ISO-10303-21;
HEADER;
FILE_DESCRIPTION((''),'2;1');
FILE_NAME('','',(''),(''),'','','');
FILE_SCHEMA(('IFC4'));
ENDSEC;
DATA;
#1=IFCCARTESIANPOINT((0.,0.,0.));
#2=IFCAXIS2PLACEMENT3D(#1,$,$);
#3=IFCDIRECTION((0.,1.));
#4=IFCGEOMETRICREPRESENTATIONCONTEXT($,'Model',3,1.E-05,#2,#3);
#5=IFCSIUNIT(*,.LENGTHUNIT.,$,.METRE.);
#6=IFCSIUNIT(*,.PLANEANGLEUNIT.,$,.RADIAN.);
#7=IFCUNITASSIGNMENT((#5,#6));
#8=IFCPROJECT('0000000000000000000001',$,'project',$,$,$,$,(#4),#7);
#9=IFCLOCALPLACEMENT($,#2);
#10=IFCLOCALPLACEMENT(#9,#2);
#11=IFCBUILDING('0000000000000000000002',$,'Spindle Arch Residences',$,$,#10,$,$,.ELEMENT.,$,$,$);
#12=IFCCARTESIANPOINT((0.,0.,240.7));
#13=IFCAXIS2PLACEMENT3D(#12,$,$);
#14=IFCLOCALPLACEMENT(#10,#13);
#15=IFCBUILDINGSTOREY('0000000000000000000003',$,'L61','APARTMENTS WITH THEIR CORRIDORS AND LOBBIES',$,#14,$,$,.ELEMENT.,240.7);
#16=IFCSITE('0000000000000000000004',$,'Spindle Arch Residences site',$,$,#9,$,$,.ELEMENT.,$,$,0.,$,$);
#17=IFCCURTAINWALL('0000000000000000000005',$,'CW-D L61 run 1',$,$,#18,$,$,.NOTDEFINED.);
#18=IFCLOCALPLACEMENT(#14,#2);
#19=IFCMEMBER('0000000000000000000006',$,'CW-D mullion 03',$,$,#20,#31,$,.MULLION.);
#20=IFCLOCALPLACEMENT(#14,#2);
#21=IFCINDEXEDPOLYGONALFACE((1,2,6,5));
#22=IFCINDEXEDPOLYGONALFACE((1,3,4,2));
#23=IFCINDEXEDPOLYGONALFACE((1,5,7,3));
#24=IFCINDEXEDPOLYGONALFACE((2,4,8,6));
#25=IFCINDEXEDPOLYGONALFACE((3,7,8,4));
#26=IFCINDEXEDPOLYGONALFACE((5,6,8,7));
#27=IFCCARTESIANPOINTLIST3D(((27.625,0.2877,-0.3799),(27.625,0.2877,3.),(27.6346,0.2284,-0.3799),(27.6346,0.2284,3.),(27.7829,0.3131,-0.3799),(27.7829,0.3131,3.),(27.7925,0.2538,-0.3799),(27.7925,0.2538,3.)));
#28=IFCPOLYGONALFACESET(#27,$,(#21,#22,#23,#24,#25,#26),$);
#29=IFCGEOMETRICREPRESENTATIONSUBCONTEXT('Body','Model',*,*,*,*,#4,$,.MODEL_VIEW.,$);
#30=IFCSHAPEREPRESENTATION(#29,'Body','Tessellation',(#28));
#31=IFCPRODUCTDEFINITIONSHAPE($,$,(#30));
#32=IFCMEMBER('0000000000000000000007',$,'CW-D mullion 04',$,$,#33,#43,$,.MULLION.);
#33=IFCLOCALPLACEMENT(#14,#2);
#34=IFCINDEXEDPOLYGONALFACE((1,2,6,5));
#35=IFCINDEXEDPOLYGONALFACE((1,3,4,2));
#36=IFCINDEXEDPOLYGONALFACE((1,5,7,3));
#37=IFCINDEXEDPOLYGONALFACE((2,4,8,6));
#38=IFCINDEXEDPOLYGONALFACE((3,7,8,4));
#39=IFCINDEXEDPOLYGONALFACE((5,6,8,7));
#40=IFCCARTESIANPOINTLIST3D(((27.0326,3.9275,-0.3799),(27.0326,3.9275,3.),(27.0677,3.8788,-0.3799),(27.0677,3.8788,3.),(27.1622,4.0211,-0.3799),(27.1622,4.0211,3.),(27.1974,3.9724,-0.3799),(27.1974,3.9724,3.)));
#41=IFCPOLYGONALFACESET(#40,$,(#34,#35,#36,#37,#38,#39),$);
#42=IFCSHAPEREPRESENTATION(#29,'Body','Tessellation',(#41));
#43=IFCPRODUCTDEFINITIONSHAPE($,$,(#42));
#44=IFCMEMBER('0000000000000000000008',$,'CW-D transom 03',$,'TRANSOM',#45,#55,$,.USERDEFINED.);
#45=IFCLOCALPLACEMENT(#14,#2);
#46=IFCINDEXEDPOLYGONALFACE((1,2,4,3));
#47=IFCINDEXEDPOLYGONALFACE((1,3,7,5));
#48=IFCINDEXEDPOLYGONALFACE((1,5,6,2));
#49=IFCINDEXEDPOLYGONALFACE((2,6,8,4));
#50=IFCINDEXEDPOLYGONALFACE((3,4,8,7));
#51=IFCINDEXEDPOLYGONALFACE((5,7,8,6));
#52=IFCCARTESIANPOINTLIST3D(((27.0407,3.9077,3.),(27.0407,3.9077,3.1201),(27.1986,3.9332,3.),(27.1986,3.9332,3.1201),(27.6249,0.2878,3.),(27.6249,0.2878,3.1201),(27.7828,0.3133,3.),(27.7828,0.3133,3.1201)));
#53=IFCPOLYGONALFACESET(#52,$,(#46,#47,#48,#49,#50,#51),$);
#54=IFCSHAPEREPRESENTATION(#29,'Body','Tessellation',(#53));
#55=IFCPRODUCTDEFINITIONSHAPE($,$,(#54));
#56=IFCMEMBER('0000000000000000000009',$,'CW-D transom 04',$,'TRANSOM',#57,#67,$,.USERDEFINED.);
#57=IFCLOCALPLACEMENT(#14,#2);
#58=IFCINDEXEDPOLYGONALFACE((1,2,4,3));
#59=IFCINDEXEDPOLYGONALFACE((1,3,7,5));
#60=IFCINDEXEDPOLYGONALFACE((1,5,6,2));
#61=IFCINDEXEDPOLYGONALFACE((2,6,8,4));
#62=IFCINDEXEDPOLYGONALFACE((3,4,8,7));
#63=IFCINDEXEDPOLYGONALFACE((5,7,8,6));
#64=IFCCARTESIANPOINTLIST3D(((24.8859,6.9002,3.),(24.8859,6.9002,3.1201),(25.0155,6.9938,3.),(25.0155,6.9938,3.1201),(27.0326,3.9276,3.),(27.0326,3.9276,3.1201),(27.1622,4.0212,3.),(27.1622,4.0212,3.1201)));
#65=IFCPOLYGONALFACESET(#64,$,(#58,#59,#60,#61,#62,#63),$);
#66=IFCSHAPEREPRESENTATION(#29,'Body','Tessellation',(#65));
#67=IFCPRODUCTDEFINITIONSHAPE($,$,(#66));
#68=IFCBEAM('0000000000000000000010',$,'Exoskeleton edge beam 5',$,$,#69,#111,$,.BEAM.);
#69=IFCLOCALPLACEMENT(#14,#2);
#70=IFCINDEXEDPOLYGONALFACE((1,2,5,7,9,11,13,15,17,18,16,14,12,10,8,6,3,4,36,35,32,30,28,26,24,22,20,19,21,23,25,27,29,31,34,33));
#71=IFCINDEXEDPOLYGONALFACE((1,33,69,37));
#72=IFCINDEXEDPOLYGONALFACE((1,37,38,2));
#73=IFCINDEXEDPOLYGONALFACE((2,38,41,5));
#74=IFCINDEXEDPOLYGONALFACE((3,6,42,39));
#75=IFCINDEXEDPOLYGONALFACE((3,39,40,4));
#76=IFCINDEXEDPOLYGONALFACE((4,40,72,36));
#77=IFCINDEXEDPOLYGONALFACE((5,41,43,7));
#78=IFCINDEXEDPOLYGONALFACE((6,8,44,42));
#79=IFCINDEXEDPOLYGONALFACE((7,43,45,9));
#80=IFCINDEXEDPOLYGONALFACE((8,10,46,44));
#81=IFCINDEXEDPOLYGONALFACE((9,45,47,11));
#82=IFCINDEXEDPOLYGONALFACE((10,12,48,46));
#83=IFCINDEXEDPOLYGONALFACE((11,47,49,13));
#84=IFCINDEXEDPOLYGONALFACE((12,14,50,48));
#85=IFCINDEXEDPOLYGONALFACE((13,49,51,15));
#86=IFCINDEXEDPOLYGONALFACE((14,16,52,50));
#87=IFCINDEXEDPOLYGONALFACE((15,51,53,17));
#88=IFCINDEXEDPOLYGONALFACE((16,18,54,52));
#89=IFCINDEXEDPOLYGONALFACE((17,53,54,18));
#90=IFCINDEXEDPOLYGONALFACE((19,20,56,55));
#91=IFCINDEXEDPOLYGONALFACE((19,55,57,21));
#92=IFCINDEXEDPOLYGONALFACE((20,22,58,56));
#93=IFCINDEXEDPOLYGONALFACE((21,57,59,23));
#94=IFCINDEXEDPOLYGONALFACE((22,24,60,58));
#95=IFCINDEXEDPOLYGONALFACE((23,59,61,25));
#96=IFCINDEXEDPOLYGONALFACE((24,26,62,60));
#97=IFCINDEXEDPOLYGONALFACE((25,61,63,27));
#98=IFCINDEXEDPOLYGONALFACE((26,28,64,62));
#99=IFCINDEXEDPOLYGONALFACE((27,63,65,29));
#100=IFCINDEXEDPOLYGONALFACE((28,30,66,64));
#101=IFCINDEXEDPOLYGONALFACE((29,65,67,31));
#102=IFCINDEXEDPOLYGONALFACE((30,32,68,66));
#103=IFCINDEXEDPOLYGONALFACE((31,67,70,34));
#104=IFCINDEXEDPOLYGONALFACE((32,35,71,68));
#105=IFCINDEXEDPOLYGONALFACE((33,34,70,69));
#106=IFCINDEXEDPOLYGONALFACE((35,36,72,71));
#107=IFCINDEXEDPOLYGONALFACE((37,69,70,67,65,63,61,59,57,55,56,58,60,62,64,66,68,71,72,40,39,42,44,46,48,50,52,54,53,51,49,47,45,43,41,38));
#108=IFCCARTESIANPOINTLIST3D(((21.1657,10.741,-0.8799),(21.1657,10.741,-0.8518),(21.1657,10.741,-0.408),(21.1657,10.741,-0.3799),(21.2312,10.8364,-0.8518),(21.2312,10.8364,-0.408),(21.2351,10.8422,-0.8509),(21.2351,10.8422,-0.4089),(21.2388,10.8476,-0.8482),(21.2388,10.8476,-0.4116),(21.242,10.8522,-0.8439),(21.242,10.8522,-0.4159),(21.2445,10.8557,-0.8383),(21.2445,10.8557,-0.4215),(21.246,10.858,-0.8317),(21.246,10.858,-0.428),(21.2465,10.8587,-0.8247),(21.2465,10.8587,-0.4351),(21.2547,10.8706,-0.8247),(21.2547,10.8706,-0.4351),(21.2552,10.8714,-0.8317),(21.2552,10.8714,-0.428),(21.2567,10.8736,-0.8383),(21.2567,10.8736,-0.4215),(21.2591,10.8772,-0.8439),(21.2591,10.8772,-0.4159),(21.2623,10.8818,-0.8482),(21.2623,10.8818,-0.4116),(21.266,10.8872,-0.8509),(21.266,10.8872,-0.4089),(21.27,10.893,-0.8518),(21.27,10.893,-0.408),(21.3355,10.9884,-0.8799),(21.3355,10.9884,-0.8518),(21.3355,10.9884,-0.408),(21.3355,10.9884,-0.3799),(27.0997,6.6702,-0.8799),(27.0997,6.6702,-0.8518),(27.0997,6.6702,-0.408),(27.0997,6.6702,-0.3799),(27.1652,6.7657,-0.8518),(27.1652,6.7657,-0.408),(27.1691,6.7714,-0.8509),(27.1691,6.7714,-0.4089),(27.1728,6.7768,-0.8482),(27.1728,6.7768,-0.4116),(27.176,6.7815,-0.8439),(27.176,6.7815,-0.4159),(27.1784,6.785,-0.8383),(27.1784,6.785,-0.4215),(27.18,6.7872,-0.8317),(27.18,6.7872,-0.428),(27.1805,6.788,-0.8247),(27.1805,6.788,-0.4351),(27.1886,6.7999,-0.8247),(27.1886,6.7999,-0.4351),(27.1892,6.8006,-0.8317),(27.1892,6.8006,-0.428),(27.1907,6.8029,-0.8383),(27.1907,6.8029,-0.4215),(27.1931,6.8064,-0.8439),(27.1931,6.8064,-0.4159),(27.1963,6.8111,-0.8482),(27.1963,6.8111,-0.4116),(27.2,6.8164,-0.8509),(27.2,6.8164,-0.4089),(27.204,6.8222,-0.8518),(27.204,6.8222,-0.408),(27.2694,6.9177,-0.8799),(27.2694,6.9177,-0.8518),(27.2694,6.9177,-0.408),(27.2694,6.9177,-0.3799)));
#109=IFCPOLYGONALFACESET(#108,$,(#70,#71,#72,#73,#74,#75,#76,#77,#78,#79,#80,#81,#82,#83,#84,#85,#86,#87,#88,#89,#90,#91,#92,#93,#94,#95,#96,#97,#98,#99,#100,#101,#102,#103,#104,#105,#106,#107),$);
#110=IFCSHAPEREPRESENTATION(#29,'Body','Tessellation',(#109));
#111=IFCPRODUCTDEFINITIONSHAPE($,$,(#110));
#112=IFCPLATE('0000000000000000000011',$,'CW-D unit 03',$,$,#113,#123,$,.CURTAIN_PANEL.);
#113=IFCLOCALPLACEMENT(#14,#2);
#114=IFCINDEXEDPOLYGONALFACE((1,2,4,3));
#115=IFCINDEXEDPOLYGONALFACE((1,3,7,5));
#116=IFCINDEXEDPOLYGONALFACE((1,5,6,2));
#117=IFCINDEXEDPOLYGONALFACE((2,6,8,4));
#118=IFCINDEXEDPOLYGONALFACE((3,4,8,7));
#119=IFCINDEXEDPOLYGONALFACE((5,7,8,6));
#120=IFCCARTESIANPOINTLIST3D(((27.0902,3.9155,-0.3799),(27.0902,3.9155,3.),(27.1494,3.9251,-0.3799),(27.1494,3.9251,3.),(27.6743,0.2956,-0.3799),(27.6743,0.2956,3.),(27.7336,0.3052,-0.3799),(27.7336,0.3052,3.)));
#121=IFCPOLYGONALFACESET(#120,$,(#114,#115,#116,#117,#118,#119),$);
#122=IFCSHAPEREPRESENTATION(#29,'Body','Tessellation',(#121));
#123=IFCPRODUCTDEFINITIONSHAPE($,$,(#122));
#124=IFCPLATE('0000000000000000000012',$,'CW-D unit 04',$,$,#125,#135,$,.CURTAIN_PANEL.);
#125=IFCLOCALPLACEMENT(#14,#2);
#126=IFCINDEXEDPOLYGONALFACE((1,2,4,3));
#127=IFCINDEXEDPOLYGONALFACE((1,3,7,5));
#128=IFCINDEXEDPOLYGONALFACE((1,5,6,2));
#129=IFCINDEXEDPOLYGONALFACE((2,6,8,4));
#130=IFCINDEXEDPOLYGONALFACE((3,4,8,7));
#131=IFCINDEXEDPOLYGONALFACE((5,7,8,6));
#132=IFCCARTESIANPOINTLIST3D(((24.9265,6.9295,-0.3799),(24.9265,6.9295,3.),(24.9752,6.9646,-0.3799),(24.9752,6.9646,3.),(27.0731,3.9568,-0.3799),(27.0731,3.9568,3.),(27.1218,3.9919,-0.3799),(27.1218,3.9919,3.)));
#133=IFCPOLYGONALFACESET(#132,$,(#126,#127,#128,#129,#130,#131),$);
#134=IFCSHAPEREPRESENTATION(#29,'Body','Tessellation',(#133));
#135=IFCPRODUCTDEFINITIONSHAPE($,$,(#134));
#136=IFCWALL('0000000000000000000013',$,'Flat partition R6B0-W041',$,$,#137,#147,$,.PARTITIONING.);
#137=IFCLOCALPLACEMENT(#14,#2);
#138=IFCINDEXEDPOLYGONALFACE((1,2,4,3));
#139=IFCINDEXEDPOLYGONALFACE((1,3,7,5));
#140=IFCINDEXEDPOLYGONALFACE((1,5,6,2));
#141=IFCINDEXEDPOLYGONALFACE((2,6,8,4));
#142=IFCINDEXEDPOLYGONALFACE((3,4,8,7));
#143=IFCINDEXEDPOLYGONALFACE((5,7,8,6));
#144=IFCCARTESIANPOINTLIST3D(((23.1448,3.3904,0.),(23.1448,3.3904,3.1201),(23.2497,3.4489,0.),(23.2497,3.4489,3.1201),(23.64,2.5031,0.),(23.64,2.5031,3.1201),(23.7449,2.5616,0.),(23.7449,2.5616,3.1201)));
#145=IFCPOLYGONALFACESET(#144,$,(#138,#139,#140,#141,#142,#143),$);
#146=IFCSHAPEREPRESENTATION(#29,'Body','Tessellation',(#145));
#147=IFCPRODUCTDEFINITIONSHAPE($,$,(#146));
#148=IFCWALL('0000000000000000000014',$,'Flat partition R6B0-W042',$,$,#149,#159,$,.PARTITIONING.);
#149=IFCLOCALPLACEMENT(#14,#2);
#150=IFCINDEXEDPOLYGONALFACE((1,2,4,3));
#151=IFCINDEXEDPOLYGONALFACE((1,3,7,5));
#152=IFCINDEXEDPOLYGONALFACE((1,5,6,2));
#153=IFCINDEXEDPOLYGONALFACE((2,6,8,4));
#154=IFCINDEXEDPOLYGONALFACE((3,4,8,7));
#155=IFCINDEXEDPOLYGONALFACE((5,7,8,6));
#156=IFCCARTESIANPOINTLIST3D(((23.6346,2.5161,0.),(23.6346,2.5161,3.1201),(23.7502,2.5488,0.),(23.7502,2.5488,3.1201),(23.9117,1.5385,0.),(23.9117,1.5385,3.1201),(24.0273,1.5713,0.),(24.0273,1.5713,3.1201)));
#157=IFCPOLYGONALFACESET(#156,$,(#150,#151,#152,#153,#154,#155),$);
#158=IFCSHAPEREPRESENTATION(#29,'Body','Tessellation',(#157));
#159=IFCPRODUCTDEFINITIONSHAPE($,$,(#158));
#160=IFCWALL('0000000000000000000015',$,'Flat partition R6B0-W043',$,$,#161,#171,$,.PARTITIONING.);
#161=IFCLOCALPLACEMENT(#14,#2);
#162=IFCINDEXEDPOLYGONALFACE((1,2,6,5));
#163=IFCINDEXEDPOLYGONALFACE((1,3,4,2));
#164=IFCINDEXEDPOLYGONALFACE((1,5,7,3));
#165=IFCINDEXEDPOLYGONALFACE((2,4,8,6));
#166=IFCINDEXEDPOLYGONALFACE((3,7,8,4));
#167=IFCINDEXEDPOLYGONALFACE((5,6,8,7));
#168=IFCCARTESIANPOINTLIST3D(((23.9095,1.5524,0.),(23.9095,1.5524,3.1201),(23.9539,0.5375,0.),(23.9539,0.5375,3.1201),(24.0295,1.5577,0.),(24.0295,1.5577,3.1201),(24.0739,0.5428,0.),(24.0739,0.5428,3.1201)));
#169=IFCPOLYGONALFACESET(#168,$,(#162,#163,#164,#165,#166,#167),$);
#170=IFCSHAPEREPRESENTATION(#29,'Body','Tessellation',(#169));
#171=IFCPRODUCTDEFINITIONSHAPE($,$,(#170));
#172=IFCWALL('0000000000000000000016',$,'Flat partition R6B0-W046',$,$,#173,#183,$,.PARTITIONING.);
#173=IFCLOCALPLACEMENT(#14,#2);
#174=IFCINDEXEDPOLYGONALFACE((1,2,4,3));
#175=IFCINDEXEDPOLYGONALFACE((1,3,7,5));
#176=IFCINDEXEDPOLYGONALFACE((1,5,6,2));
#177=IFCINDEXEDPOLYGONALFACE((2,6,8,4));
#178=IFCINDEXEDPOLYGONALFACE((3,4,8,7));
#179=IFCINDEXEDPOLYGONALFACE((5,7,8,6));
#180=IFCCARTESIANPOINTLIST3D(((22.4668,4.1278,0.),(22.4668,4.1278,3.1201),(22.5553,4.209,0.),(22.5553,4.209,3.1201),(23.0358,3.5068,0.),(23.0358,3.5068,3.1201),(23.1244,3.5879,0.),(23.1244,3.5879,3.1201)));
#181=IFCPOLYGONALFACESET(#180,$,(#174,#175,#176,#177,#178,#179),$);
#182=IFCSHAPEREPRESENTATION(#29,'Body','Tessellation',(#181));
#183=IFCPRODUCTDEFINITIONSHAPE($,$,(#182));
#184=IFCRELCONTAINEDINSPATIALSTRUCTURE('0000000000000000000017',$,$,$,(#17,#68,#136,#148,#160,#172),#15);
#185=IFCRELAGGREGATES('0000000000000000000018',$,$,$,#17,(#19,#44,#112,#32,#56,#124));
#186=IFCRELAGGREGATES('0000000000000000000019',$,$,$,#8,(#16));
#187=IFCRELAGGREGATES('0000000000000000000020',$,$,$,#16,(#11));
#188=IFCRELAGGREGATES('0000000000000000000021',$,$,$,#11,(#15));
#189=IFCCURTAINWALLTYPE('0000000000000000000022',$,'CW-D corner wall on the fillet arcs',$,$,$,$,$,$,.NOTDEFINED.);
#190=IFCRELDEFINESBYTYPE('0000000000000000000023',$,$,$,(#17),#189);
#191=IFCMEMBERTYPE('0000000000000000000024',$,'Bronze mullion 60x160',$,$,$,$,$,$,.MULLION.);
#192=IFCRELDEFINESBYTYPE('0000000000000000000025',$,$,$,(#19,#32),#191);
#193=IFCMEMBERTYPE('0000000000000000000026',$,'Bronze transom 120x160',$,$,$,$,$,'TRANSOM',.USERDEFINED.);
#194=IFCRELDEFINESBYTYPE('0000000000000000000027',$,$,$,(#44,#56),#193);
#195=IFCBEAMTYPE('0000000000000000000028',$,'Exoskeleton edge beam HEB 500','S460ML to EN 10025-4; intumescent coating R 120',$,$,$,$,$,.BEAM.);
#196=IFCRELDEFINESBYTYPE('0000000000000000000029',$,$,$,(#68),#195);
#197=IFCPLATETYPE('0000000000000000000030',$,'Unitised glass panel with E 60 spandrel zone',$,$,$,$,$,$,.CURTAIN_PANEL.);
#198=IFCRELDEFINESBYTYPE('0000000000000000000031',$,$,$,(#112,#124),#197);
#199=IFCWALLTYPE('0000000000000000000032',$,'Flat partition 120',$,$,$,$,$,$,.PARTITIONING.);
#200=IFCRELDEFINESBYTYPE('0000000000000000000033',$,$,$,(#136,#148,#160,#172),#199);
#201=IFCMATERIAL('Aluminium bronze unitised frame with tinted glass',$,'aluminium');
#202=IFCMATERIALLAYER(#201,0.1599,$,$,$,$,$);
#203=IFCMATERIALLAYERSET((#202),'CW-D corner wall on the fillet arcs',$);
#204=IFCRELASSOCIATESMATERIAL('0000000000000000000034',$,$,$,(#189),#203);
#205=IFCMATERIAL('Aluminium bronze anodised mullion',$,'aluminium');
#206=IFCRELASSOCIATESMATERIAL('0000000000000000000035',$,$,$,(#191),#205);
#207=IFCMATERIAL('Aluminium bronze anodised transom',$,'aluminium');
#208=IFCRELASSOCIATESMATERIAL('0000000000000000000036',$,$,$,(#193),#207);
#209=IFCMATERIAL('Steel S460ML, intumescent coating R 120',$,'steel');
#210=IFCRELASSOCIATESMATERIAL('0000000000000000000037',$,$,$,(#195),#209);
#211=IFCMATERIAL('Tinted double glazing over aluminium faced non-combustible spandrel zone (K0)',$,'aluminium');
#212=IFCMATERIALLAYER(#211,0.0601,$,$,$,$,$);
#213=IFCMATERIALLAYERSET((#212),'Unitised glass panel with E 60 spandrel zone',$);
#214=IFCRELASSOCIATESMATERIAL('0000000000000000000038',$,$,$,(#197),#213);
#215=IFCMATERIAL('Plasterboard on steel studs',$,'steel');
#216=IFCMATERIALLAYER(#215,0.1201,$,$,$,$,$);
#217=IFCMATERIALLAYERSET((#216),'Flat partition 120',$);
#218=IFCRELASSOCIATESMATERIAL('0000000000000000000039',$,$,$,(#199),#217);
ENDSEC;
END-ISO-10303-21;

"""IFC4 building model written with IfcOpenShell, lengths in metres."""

from ifc_helpers import new_model, si_unit, direction, frame, frame_2d, origin, origin_2d, place, context, subcontext, project, spatial, rectangle, i_section, extrude, material, layer, layer_set, material_profile, profile_set, type_object, element, aggregate, save


model = new_model("IFC4")

# Units and contexts
model_context = context("Model", 3, precision=1e-05, world=origin(), true_north=direction((0.0, 1.0)))
body_context = subcontext(model_context, "Body", "Model", "MODEL_VIEW")
ifc_project = project(units=[si_unit("LENGTHUNIT", "METRE"), si_unit("PLANEANGLEUNIT", "RADIAN")], contexts=[model_context])

# Site, building, storey
site_placement = place(None, origin())
site = spatial("IfcSite", under=ifc_project, at=site_placement, Name="Spindle Arch Residences site", CompositionType="ELEMENT", RefElevation=0.0)
building_placement = place(site_placement, origin())
building = spatial("IfcBuilding", under=site, at=building_placement, Name="Spindle Arch Residences", CompositionType="ELEMENT")
storey_placement = place(building_placement, frame((0.0, 0.0, 240.7)))
storey = spatial("IfcBuildingStorey", under=building, at=storey_placement, Name="L61", Description="APARTMENTS WITH THEIR CORRIDORS AND LOBBIES", CompositionType="ELEMENT", Elevation=240.7)

# Curtain wall, members
ifc_material_1 = material(Name="Aluminium bronze unitised frame with tinted glass", Category="aluminium")
ifc_layer_1 = layer(ifc_material_1, 0.1599)
ifc_layer_set_1 = layer_set([ifc_layer_1], Name="CW-D corner wall on the fillet arcs")
curtain_wall_type = type_object("IfcCurtainWallType", Name="CW-D corner wall on the fillet arcs", PredefinedType="NOTDEFINED", material=ifc_layer_set_1)
curtain_wall_placement = place(storey_placement, origin())
curtain_wall = element("IfcCurtainWall", 1, at=curtain_wall_placement, inside=storey, type_object=curtain_wall_type, Name="CW-D L61 run 1", PredefinedType="NOTDEFINED")
ifc_material_2 = material(Name="Aluminium bronze anodised mullion", Category="aluminium")
ifc_material_profile_1 = material_profile(ifc_material_2, rectangle(XDim=0.1599, YDim=0.0601, at=origin_2d()), Name="MU 60x160")
ifc_profile_set_1 = profile_set([ifc_material_profile_1], Name="Aluminium bronze anodised mullion")
member_type_1 = type_object("IfcMemberType", Name="Bronze mullion 60x160", PredefinedType="MULLION", material=ifc_profile_set_1)
member_1_placement = place(storey_placement, frame((27.7087, 0.2708, -0.3799), z_axis=(0.0, 0.0, 1.0), x_axis=(-0.987229, -0.159307, 0.0)))
member_1 = element("IfcMember", 2, at=member_1_placement, type_object=member_type_1, Name="CW-D mullion 03", PredefinedType="MULLION", context=body_context, shape_type="SweptSolid", body=[
    extrude(rectangle(XDim=0.1599, YDim=0.0601, at=origin_2d()), origin(), (0.0, 0.0, 1.0), 3.3799),
])
member_2_placement = place(storey_placement, frame((27.115, 3.95, -0.3799), z_axis=(0.0, 0.0, 1.0), x_axis=(-0.810723, -0.585429, 0.0)))
member_2 = element("IfcMember", 3, at=member_2_placement, type_object=member_type_1, Name="CW-D mullion 04", PredefinedType="MULLION", context=body_context, shape_type="SweptSolid", body=[
    extrude(rectangle(XDim=0.1599, YDim=0.0601, at=origin_2d()), origin(), (0.0, 0.0, 1.0), 3.3799),
])
ifc_material_3 = material(Name="Aluminium bronze anodised transom", Category="aluminium")
ifc_material_profile_2 = material_profile(ifc_material_3, rectangle(XDim=0.1599, YDim=0.1201, at=origin_2d()), Name="TR 120x160")
ifc_profile_set_2 = profile_set([ifc_material_profile_2], Name="Aluminium bronze anodised transom")
member_type_2 = type_object("IfcMemberType", Name="Bronze transom 120x160", ElementType="TRANSOM", PredefinedType="USERDEFINED", material=ifc_profile_set_2)
member_3_placement = place(storey_placement, frame((27.7039, 0.3005, 3.0601), z_axis=(-0.159333, 0.987225, 0.0), x_axis=(-0.987225, -0.159333, 0.0)))
member_3 = element("IfcMember", 4, at=member_3_placement, type_object=member_type_2, Name="CW-D transom 03", ObjectType="TRANSOM", PredefinedType="USERDEFINED", context=body_context, shape_type="SweptSolid", body=[
    extrude(rectangle(XDim=0.1599, YDim=0.1201, at=origin_2d()), origin(), (0.0, 0.0, 1.0), 3.6667),
])
member_4_placement = place(storey_placement, frame((27.0974, 3.9744, 3.0601), z_axis=(-0.585457, 0.810704, 0.0), x_axis=(-0.810704, -0.585457, 0.0)))
member_4 = element("IfcMember", 5, at=member_4_placement, type_object=member_type_2, Name="CW-D transom 04", ObjectType="TRANSOM", PredefinedType="USERDEFINED", context=body_context, shape_type="SweptSolid", body=[
    extrude(rectangle(XDim=0.1599, YDim=0.1201, at=origin_2d()), origin(), (0.0, 0.0, 1.0), 3.6667),
])

# Beam
ifc_material_4 = material(Name="Steel S460ML, intumescent coating R 120", Category="steel")
ifc_material_profile_3 = material_profile(ifc_material_4, i_section(OverallWidth=0.3, OverallDepth=0.5, WebThickness=0.0144, FlangeThickness=0.0281, FilletRadius=0.0271, at=origin_2d()), Name="HEB 500")
ifc_profile_set_3 = profile_set([ifc_material_profile_3], Name="Steel S460ML, intumescent coating R 120")
beam_type = type_object("IfcBeamType", Name="Exoskeleton edge beam HEB 500", Description="S460ML to EN 10025-4; intumescent coating R 120", PredefinedType="BEAM", material=ifc_profile_set_3)
beam_placement = place(storey_placement, frame((27.1846, 6.7939, -0.6299), z_axis=(-0.824618, 0.565691, 0.0), x_axis=(-0.565691, -0.824618, 0.0)))
element("IfcBeam", 6, at=beam_placement, inside=storey, type_object=beam_type, Name="Exoskeleton edge beam 5", PredefinedType="BEAM", context=body_context, shape_type="SweptSolid", body=[
    extrude(i_section(OverallWidth=0.3, OverallDepth=0.5, WebThickness=0.0144, FlangeThickness=0.0281, FilletRadius=0.0271, at=origin_2d()), origin(), (0.0, 0.0, 1.0), 7.196),
])

# Plates
ifc_material_5 = material(Name="Tinted double glazing over aluminium faced non-combustible spandrel zone (K0)", Category="aluminium")
ifc_layer_2 = layer(ifc_material_5, 0.0601)
ifc_layer_set_2 = layer_set([ifc_layer_2], Name="Unitised glass panel with E 60 spandrel zone")
plate_type = type_object("IfcPlateType", Name="Unitised glass panel with E 60 spandrel zone", PredefinedType="CURTAIN_PANEL", material=ifc_layer_set_2)
plate_1_placement = place(storey_placement, frame((27.4119, 2.1104, -0.3799), z_axis=(0.0, 0.0, 1.0), x_axis=(-0.159307, 0.987229, 0.0)))
plate_1 = element("IfcPlate", 7, at=plate_1_placement, type_object=plate_type, Name="CW-D unit 03", PredefinedType="CURTAIN_PANEL", context=body_context, shape_type="SweptSolid", body=[
    extrude(rectangle(XDim=3.6667, YDim=0.0601, at=origin_2d()), origin(), (0.0, 0.0, 1.0), 3.3799),
])
plate_2_placement = place(storey_placement, frame((26.0242, 5.4607, -0.3799), z_axis=(0.0, 0.0, 1.0), x_axis=(-0.585429, 0.810723, 0.0)))
plate_2 = element("IfcPlate", 8, at=plate_2_placement, type_object=plate_type, Name="CW-D unit 04", PredefinedType="CURTAIN_PANEL", context=body_context, shape_type="SweptSolid", body=[
    extrude(rectangle(XDim=3.6667, YDim=0.0601, at=origin_2d()), origin(), (0.0, 0.0, 1.0), 3.3799),
])
aggregate(curtain_wall, [member_1, member_3, plate_1, member_2, member_4, plate_2])

# Walls
ifc_material_6 = material(Name="Plasterboard on steel studs", Category="steel")
ifc_layer_3 = layer(ifc_material_6, 0.1201)
ifc_layer_set_3 = layer_set([ifc_layer_3], Name="Flat partition 120")
wall_type_1 = type_object("IfcWallType", Name="Flat partition 120", PredefinedType="PARTITIONING", material=ifc_layer_set_3)
for number, where, z_axis, x_axis, name in (
    (9, (23.1973, 3.4197, 0.0), (0.0, 0.0, 1.0), (0.487315, -0.873226, 0.0), "Flat partition R6B0-W041"),
    (10, (23.6924, 2.5325, 0.0), (0.0, 0.0, 1.0), (0.272721, -0.962093, 0.0), "Flat partition R6B0-W042"),
):
    element("IfcWall", number, at=place(storey_placement, frame(where, z_axis=z_axis, x_axis=x_axis)), inside=storey, type_object=wall_type_1, Name=name, PredefinedType="PARTITIONING", context=body_context, shape_type="SweptSolid", body=[
        extrude(rectangle(XDim=1.0161, YDim=0.1201, at=frame_2d((0.5081, 0.0))), origin(), (0.0, 0.0, 1.0), 3.1201),
    ])
wall_1_placement = place(storey_placement, frame((23.9695, 1.5549, 0.0), z_axis=(0.0, 0.0, 1.0), x_axis=(0.04374, -0.999043, 0.0)))
element("IfcWall", 11, at=wall_1_placement, inside=storey, type_object=wall_type_1, Name="Flat partition R6B0-W043", PredefinedType="PARTITIONING", context=body_context, shape_type="SweptSolid", body=[
    extrude(rectangle(XDim=1.0159, YDim=0.1201, at=frame_2d((0.5078, 0.0))), origin(), (0.0, 0.0, 1.0), 3.1201),
])
wall_2_placement = place(storey_placement, frame((23.0801, 3.5474, 0.0), z_axis=(0.0, 0.0, 1.0), x_axis=(-0.675567, 0.737298, 0.0)))
element("IfcWall", 12, at=wall_2_placement, inside=storey, type_object=wall_type_1, Name="Flat partition R6B0-W046", PredefinedType="PARTITIONING", context=body_context, shape_type="SweptSolid", body=[
    extrude(rectangle(XDim=0.8423, YDim=0.1201, at=frame_2d((0.4211, 0.0))), origin(), (0.0, 0.0, 1.0), 3.1201),
])

save(model, "model.ifc")
